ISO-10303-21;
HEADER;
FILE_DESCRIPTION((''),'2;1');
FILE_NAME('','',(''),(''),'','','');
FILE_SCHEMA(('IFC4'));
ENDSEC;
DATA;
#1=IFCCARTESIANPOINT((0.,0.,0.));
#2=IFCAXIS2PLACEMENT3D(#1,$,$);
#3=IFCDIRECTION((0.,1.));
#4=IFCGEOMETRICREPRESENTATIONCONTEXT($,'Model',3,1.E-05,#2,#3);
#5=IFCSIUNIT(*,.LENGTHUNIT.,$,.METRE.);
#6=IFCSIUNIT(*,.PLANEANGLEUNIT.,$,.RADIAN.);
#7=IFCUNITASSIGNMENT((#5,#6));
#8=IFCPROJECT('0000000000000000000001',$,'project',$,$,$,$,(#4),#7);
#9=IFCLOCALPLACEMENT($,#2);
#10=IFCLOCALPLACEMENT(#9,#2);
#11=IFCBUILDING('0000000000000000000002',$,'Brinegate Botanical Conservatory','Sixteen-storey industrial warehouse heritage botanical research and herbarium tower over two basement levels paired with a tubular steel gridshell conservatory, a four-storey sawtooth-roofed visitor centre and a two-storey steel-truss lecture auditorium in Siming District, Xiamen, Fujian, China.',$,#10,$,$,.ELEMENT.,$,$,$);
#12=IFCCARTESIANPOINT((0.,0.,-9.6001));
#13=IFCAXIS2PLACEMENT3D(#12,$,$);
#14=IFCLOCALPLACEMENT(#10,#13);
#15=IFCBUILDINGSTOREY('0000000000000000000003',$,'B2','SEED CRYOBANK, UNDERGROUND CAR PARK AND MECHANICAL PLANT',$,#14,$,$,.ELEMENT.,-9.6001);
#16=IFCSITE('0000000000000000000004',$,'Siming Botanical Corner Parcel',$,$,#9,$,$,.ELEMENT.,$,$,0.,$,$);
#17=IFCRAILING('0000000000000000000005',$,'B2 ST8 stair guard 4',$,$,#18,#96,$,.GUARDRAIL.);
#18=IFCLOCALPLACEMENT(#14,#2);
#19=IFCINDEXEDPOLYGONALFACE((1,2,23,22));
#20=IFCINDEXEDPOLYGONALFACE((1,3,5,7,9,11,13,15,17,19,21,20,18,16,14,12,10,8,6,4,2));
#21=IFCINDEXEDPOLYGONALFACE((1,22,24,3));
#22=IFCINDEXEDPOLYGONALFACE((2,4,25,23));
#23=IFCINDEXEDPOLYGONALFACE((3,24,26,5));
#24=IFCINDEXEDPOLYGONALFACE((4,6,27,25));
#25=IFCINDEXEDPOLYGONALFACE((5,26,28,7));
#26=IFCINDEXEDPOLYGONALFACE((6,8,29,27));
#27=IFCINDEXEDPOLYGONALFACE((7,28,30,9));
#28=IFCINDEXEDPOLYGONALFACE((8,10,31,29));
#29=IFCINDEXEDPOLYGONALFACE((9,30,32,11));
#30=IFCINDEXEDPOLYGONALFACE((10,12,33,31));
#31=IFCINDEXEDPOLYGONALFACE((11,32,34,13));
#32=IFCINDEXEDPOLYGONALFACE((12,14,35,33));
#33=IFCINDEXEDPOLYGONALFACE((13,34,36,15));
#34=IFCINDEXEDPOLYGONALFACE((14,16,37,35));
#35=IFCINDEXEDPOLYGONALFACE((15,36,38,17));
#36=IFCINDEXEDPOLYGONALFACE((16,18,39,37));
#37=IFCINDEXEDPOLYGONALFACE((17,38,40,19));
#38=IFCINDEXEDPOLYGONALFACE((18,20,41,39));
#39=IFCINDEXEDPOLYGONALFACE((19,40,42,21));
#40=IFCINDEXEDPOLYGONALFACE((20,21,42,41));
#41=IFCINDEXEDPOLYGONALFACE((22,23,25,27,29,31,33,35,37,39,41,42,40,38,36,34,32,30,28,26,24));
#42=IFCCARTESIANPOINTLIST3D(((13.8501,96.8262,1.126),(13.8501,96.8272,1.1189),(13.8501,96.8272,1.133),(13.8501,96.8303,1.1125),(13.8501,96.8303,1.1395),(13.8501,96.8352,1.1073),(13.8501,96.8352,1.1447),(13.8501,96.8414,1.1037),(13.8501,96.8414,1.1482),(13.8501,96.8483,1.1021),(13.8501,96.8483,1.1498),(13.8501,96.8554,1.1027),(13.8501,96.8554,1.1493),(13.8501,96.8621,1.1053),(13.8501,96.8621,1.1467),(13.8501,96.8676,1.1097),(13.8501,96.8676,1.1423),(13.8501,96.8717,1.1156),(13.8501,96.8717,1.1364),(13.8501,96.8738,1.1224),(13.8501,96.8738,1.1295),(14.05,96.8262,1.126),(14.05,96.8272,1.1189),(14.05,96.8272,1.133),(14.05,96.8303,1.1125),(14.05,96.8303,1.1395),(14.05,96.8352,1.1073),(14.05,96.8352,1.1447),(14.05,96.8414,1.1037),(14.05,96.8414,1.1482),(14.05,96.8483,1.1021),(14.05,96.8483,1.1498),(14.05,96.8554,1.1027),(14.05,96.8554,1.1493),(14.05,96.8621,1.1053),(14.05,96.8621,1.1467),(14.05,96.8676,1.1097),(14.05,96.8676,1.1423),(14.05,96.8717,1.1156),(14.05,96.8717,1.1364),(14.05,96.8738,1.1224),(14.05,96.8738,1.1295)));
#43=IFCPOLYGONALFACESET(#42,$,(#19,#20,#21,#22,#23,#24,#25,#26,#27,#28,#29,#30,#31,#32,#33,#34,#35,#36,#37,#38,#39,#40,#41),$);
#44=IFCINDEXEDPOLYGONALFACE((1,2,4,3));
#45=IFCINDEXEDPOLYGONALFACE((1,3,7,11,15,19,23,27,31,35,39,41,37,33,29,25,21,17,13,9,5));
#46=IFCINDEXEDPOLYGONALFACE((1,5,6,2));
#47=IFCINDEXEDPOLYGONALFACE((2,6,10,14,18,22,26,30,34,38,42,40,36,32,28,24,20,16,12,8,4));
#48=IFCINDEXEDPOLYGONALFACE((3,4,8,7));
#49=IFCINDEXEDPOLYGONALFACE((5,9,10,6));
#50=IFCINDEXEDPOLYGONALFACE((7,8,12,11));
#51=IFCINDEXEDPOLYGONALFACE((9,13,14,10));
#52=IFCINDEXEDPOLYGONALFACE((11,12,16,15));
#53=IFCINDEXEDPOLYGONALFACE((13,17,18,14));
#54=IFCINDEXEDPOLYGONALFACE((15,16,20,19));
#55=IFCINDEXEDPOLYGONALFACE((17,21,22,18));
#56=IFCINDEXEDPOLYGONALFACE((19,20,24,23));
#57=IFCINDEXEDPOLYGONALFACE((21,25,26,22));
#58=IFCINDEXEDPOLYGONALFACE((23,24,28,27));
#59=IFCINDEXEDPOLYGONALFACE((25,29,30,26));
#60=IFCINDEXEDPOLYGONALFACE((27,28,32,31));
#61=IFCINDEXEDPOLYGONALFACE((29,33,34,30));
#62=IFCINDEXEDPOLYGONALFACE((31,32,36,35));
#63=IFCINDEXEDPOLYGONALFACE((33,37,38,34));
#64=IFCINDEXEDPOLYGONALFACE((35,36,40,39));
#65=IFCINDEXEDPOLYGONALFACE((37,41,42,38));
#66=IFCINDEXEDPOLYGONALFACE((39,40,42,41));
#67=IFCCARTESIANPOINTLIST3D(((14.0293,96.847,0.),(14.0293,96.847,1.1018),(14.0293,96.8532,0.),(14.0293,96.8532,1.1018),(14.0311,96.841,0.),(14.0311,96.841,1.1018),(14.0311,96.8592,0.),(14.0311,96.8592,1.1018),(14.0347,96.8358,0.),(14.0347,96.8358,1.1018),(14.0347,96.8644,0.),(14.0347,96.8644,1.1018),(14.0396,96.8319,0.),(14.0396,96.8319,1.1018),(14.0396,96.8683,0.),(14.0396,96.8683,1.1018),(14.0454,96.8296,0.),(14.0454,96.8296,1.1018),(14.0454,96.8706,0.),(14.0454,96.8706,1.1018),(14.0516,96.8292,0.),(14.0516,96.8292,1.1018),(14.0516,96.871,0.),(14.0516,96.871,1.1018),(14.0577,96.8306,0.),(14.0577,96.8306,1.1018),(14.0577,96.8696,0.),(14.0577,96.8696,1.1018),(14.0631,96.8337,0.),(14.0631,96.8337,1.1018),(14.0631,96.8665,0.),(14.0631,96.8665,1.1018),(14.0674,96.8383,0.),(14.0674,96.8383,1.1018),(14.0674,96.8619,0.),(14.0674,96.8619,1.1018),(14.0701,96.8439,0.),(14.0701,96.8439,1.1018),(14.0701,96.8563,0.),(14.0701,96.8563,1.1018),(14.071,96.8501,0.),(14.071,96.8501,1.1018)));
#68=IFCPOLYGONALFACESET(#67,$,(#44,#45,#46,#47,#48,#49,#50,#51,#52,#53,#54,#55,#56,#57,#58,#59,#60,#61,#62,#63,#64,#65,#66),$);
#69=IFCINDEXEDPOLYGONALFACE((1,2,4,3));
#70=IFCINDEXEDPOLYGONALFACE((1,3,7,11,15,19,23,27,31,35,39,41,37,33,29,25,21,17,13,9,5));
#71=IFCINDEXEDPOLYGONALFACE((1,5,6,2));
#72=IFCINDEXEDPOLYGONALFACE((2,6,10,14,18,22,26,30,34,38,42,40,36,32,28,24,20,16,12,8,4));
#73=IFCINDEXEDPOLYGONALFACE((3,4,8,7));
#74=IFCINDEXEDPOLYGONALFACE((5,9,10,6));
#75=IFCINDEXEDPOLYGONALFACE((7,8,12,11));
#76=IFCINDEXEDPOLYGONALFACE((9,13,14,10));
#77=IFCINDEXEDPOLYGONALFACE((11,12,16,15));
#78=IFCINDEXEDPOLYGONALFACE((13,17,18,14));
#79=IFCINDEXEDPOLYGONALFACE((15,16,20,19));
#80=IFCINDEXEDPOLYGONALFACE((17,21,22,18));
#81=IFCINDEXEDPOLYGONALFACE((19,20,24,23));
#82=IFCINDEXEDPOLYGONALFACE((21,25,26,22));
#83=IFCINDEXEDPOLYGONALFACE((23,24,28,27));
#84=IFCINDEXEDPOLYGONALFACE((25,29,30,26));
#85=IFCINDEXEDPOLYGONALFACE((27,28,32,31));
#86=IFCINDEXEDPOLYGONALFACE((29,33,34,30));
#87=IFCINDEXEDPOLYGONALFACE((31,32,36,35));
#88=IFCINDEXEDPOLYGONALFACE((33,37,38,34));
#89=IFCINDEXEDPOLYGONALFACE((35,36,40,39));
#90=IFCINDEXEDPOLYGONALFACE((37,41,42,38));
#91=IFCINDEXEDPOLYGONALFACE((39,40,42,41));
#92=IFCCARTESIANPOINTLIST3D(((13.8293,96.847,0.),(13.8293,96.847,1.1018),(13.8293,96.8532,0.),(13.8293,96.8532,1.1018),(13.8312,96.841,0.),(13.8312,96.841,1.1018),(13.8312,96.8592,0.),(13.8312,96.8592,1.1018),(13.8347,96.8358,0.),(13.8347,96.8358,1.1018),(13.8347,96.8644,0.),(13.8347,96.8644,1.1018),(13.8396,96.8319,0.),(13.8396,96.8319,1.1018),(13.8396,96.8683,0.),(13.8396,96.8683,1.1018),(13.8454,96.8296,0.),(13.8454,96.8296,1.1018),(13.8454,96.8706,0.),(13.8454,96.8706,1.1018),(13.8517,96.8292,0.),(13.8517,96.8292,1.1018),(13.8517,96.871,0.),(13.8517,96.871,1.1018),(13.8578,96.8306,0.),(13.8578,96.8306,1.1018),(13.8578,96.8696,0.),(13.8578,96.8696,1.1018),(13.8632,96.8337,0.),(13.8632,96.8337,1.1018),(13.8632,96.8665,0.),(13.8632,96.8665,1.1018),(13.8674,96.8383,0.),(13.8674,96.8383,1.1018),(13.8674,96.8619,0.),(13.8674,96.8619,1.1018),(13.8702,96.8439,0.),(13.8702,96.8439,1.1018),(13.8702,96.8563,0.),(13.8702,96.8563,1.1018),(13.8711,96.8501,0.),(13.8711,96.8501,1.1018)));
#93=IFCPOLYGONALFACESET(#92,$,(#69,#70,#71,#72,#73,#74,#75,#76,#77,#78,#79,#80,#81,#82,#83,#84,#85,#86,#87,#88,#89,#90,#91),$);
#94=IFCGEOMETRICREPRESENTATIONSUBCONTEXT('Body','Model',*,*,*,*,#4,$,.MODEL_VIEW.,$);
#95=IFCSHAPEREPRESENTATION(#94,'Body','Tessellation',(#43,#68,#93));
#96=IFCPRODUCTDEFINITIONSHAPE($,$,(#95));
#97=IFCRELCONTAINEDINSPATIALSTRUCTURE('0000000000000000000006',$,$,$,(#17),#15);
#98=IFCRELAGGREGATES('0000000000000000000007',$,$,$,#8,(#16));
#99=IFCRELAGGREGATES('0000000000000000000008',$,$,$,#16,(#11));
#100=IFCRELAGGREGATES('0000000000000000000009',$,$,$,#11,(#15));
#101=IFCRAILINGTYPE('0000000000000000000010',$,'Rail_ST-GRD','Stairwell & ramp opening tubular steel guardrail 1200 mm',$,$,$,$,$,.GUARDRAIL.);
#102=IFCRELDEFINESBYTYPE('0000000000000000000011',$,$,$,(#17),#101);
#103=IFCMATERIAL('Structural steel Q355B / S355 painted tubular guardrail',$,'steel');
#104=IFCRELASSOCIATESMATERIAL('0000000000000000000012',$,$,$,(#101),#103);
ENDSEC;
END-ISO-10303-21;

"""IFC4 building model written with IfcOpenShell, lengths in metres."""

from ifc_helpers import new_model, si_unit, direction, frame, origin, origin_2d, place, context, subcontext, project, spatial, circle, extrude, material, type_object, element, save


model = new_model("IFC4")

# Units and contexts
model_context = context("Model", 3, precision=1e-05, world=origin(), true_north=direction((0.0, 1.0)))
body_context = subcontext(model_context, "Body", "Model", "MODEL_VIEW")
ifc_project = project(units=[si_unit("LENGTHUNIT", "METRE"), si_unit("PLANEANGLEUNIT", "RADIAN")], contexts=[model_context])

# Site, building, storey
site_placement = place(None, origin())
site = spatial("IfcSite", under=ifc_project, at=site_placement, Name="Siming Botanical Corner Parcel", CompositionType="ELEMENT", RefElevation=0.0)
building_placement = place(site_placement, origin())
building = spatial("IfcBuilding", under=site, at=building_placement, Name="Brinegate Botanical Conservatory", Description="Sixteen-storey industrial warehouse heritage botanical research and herbarium tower over two basement levels paired with a tubular steel gridshell conservatory, a four-storey sawtooth-roofed visitor centre and a two-storey steel-truss lecture auditorium in Siming District, Xiamen, Fujian, China.", CompositionType="ELEMENT")
storey_placement = place(building_placement, frame((0.0, 0.0, -9.6001)))
storey = spatial("IfcBuildingStorey", under=building, at=storey_placement, Name="B2", Description="SEED CRYOBANK, UNDERGROUND CAR PARK AND MECHANICAL PLANT", CompositionType="ELEMENT", Elevation=-9.6001)

# Railing
ifc_material_1 = material(Name="Structural steel Q355B / S355 painted tubular guardrail", Category="steel")
railing_type_1 = type_object("IfcRailingType", Name="Rail_ST-GRD", Description="Stairwell & ramp opening tubular steel guardrail 1200 mm", PredefinedType="GUARDRAIL", material=ifc_material_1)
railing_1_placement = place(storey_placement, frame((14.05, 96.8501, 0.0)))
element("IfcRailing", 1, at=railing_1_placement, inside=storey, type_object=railing_type_1, Name="B2 ST8 stair guard 4", PredefinedType="GUARDRAIL", context=body_context, shape_type="SweptSolid", body=[
    extrude(circle(Radius=0.0239, at=origin_2d()), frame((0.0, 0.0, 1.126), z_axis=(-1.0, 0.0, 0.0), x_axis=(0.0, -1.0, 0.0)), (0.0, 0.0, 1.0), 0.2),
    extrude(circle(Radius=0.021, at=origin_2d()), origin(), (0.0, 0.0, 1.0), 1.1018),
    extrude(circle(Radius=0.021, at=origin_2d()), frame((-0.2, 0.0, 0.0)), (0.0, 0.0, 1.0), 1.1018),
])

save(model, "model.ifc")
